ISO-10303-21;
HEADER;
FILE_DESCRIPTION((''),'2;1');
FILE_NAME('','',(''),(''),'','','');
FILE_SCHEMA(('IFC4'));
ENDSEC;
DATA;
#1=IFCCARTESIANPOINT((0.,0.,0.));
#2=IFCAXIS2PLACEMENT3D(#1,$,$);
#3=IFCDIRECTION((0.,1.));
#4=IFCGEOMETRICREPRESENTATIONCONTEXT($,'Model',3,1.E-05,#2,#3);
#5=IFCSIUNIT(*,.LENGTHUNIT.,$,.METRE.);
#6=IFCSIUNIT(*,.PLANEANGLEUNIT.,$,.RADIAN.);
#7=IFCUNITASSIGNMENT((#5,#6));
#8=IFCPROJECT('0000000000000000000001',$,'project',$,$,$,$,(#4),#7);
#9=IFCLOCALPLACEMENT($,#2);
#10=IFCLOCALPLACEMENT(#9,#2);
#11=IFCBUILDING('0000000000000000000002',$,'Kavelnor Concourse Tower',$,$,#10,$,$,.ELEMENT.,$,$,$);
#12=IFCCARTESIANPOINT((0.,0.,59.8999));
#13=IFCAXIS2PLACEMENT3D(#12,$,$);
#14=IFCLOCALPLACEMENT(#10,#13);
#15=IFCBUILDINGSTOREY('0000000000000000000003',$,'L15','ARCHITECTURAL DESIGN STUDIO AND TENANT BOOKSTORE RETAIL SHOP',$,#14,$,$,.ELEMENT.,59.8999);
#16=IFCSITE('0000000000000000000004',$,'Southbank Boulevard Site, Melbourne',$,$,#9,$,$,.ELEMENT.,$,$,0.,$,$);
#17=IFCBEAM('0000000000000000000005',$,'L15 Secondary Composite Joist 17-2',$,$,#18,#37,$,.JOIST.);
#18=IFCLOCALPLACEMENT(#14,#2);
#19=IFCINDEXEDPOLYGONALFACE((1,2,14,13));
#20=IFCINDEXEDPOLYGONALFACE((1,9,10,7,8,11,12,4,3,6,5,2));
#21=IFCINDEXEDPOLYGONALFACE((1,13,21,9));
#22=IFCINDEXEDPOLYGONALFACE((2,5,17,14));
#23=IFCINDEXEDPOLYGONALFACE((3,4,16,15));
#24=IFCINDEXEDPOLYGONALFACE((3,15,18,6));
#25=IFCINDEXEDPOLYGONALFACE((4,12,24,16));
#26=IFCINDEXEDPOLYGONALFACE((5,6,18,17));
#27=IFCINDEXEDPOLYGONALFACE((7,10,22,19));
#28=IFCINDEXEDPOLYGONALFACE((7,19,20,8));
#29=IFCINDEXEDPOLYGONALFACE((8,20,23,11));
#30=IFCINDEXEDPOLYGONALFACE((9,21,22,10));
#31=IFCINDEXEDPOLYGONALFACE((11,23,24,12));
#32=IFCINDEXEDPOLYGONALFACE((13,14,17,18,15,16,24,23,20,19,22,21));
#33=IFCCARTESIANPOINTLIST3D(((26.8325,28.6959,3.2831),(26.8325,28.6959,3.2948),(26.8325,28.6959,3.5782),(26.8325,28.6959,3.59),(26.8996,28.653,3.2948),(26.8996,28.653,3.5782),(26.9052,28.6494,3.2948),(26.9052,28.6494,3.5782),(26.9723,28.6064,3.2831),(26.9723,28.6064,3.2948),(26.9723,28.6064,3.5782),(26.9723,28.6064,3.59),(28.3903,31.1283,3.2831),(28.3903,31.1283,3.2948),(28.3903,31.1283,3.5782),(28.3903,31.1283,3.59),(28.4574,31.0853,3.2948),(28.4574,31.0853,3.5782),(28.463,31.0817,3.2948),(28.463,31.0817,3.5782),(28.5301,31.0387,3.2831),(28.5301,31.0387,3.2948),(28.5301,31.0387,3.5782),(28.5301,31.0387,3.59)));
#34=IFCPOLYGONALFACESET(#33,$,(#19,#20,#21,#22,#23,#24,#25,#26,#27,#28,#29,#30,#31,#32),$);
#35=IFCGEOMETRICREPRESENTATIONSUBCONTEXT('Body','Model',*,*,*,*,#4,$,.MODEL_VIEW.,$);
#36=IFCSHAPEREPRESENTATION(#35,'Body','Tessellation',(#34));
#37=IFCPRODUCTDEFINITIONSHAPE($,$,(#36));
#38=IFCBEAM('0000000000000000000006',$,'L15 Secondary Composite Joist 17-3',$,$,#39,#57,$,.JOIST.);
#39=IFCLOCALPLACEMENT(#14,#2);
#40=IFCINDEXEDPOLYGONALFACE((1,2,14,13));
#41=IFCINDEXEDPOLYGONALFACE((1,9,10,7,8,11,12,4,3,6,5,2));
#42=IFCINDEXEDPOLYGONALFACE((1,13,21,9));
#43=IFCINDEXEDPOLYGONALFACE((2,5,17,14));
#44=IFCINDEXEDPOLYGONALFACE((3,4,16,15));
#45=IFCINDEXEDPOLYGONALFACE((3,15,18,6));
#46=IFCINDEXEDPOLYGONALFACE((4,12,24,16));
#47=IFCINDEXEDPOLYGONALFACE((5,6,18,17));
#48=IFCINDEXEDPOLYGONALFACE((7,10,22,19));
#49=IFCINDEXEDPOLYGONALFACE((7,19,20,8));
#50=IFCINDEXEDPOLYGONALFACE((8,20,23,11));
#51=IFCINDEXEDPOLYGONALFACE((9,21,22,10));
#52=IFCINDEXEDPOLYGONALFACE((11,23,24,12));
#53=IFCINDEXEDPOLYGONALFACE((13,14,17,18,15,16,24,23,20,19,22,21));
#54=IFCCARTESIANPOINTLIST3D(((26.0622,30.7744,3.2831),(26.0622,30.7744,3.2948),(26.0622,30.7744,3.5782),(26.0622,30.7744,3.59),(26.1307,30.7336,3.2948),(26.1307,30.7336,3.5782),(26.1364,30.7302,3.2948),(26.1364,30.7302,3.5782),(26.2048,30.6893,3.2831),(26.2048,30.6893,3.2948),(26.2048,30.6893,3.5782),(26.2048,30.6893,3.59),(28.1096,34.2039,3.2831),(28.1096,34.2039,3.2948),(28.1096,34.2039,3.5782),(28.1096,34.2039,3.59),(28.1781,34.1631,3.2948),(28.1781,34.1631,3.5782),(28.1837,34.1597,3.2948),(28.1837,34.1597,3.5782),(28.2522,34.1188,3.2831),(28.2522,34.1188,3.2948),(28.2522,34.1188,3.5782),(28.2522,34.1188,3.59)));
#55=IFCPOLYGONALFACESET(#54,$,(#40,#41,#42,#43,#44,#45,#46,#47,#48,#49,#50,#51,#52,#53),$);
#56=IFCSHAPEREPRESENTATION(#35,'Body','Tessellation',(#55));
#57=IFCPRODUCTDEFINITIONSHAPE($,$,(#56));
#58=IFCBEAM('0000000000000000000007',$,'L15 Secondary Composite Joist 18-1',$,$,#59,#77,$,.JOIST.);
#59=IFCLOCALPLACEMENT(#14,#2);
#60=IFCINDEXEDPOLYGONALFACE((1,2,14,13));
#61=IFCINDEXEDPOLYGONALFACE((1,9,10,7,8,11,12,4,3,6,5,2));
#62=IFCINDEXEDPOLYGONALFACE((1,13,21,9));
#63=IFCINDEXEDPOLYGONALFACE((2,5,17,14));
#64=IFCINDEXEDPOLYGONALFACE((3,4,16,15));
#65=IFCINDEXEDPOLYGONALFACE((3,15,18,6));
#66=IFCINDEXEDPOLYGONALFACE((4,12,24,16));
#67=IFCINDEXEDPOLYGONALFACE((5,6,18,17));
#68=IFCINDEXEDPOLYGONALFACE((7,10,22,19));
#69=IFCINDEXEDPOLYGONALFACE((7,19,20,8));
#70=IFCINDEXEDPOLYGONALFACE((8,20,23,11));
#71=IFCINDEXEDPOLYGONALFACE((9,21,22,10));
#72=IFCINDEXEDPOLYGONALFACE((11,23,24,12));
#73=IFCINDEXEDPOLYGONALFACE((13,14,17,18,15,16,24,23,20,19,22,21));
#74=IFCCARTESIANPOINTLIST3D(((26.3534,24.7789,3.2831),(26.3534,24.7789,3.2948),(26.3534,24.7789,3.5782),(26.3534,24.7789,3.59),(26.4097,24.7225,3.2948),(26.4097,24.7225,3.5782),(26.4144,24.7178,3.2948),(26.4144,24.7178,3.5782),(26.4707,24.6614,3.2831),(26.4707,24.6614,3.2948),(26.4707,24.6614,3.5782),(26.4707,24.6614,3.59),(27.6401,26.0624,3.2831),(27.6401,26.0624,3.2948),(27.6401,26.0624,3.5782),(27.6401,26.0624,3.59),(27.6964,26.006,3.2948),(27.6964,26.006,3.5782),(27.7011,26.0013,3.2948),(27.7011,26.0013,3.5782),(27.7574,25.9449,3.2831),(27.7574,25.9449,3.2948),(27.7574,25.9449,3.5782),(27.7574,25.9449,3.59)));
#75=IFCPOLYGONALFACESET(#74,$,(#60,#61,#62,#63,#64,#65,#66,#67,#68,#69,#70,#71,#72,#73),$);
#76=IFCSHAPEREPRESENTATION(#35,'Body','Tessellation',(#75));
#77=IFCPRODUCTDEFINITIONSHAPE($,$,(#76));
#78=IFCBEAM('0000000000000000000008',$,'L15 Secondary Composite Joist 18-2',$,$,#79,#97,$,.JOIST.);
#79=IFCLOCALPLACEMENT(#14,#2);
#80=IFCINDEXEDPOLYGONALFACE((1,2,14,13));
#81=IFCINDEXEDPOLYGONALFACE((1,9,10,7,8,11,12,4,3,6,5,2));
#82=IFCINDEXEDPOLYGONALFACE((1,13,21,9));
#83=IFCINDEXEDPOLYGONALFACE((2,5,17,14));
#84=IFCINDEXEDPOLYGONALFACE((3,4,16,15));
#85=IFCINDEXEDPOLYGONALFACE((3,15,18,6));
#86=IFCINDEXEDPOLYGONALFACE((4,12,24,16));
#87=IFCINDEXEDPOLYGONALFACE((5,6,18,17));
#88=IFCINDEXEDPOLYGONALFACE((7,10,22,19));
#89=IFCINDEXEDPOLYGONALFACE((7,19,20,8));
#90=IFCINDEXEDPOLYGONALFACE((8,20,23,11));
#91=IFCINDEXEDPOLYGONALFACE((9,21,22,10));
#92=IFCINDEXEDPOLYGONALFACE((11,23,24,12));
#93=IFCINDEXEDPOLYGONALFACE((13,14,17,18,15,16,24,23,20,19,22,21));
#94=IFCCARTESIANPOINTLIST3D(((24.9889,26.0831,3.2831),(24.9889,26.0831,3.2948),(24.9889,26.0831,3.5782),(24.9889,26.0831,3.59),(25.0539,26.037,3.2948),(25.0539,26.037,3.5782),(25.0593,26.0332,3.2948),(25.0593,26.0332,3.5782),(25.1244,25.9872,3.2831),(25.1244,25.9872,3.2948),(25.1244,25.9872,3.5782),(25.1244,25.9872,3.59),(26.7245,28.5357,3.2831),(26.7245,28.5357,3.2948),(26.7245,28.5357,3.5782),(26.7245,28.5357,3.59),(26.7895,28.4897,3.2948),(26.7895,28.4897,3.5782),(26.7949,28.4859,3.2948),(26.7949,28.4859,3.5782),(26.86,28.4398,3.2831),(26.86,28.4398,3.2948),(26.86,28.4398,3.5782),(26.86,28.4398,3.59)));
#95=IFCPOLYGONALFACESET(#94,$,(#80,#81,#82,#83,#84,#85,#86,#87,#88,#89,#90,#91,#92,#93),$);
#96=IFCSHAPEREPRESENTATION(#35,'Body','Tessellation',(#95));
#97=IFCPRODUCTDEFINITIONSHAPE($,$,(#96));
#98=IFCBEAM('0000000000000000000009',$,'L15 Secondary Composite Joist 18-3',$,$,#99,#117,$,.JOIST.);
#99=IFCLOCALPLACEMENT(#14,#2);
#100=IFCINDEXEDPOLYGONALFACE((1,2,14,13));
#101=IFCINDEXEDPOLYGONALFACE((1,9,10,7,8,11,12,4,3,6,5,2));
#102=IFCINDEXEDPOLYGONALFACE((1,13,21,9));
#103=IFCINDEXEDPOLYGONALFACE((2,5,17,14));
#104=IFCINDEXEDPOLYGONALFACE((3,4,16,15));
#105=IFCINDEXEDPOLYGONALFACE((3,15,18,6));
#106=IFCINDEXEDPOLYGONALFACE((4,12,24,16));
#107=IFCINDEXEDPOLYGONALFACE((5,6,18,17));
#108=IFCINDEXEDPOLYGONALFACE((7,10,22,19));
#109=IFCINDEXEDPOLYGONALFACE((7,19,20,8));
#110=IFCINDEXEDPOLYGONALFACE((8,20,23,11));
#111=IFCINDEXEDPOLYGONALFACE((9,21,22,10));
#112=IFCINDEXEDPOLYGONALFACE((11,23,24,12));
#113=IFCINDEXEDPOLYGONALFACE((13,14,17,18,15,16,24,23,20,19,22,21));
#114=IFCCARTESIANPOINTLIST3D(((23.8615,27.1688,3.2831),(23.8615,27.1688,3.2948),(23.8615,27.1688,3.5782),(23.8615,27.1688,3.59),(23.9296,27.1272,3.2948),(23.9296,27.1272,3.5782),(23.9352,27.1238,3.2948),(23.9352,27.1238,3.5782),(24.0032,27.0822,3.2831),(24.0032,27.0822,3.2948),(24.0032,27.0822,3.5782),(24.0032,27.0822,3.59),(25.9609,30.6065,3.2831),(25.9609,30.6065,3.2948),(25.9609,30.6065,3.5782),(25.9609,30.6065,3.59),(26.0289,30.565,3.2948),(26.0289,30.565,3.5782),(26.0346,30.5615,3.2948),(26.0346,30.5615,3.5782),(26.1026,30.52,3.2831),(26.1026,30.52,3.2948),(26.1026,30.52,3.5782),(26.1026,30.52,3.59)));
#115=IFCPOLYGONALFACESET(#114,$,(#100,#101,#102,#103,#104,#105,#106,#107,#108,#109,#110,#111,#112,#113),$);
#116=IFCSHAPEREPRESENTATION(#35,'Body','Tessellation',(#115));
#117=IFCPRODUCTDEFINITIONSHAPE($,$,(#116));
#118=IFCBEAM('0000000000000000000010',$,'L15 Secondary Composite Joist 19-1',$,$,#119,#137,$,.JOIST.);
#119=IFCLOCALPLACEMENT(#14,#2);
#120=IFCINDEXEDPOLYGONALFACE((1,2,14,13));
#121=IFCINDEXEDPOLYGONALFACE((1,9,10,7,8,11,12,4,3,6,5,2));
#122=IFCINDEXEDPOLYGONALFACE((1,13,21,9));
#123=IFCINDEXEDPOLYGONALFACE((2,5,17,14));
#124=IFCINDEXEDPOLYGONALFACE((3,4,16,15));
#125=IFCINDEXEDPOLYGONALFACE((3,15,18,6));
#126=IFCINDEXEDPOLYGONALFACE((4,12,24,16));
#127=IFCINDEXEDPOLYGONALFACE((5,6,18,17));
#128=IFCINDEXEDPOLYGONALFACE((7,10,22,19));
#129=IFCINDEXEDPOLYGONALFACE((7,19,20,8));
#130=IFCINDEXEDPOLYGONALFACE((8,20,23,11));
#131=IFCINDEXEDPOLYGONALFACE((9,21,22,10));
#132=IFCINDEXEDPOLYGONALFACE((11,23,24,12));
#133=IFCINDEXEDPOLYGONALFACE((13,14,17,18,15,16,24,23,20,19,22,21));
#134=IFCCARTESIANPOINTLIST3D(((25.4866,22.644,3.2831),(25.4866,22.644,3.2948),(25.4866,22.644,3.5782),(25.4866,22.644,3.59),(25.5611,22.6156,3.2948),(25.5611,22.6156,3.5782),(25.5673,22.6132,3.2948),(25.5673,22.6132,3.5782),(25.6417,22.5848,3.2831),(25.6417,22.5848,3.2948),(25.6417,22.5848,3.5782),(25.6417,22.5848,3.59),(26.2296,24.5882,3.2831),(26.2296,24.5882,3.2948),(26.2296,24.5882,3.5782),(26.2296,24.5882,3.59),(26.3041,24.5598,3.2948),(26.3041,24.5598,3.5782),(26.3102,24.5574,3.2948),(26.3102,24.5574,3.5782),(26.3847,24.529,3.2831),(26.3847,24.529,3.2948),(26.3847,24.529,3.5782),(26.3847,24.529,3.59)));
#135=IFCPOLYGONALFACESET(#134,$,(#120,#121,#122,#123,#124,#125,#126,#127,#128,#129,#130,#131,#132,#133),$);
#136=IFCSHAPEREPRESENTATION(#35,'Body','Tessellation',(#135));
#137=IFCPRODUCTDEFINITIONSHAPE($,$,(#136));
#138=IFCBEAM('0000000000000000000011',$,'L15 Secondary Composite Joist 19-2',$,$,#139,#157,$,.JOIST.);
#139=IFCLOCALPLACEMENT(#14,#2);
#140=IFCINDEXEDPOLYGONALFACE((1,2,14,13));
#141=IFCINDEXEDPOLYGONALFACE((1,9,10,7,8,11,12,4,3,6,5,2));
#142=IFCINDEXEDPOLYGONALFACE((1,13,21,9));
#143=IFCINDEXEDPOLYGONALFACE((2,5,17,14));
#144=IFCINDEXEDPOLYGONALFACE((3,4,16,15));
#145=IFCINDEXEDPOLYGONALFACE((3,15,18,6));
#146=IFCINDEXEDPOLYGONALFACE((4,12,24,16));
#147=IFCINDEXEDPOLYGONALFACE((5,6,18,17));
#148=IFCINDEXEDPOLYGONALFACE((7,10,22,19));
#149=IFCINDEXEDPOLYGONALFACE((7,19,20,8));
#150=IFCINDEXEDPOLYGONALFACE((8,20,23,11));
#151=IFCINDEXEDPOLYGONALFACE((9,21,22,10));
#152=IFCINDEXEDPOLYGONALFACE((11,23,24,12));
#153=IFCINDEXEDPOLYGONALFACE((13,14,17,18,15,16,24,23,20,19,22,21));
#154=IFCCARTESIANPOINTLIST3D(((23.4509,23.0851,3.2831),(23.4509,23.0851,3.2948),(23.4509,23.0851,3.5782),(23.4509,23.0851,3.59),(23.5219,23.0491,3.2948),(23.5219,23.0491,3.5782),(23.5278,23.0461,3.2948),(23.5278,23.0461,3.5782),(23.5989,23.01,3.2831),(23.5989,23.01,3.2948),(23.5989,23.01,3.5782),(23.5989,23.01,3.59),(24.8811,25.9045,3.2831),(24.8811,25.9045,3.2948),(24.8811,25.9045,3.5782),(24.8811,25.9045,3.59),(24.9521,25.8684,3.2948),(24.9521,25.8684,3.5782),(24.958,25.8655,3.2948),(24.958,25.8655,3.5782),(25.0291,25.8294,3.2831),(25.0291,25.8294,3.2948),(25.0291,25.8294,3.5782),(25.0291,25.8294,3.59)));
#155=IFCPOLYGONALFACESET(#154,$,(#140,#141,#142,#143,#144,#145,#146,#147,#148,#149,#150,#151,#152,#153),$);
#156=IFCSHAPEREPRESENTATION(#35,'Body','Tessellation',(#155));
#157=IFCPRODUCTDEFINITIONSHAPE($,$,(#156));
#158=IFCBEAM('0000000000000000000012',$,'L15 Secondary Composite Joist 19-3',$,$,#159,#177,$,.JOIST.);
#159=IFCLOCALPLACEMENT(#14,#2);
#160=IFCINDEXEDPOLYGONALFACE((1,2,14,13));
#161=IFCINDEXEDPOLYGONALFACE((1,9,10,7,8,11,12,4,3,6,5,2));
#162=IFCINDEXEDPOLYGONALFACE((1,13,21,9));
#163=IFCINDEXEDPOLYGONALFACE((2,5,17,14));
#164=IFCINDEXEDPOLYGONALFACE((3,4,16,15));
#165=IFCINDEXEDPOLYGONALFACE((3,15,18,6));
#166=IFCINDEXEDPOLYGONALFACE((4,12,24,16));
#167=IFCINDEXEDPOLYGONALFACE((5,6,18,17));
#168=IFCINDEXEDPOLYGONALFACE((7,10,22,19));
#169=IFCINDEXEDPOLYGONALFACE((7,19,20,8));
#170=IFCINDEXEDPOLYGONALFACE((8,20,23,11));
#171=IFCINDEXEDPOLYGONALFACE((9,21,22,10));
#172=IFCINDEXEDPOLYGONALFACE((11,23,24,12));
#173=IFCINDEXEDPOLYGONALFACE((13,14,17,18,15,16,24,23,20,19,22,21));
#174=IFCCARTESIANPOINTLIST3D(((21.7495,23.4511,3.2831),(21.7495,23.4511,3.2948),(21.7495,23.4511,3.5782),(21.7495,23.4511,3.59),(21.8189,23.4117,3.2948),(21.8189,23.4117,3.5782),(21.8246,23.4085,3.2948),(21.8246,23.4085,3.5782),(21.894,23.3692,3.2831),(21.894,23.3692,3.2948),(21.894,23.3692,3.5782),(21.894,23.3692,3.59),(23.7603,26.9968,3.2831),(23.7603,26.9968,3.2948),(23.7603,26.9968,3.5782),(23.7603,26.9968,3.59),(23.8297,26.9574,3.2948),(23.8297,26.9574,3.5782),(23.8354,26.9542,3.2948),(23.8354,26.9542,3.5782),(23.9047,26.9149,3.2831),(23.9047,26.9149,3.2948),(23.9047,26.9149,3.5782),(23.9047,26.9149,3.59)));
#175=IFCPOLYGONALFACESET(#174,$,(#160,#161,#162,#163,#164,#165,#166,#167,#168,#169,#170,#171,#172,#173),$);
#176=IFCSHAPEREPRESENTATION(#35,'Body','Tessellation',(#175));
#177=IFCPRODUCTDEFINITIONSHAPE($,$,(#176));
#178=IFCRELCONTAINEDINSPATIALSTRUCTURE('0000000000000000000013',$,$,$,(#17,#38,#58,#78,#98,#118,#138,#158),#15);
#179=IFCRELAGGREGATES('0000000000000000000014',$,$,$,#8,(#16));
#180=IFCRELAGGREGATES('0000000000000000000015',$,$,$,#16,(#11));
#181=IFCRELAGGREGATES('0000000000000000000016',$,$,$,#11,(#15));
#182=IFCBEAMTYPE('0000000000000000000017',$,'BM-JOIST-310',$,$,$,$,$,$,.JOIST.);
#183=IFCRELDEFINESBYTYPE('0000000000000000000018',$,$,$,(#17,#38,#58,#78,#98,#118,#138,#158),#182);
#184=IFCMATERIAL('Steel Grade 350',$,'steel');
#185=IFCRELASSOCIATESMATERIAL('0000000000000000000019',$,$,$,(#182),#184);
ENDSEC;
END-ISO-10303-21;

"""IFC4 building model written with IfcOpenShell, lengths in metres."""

from ifc_helpers import new_model, si_unit, direction, frame, origin, origin_2d, place, context, subcontext, project, spatial, i_section, extrude, material, material_profile, profile_set, type_object, element, save


model = new_model("IFC4")

# Units and contexts
model_context = context("Model", 3, precision=1e-05, world=origin(), true_north=direction((0.0, 1.0)))
body_context = subcontext(model_context, "Body", "Model", "MODEL_VIEW")
ifc_project = project(units=[si_unit("LENGTHUNIT", "METRE"), si_unit("PLANEANGLEUNIT", "RADIAN")], contexts=[model_context])

# Site, building, storey
site_placement = place(None, origin())
site = spatial("IfcSite", under=ifc_project, at=site_placement, Name="Southbank Boulevard Site, Melbourne", CompositionType="ELEMENT", RefElevation=0.0)
building_placement = place(site_placement, origin())
building = spatial("IfcBuilding", under=site, at=building_placement, Name="Kavelnor Concourse Tower", CompositionType="ELEMENT")
storey_placement = place(building_placement, frame((0.0, 0.0, 59.8999)))
storey = spatial("IfcBuildingStorey", under=building, at=storey_placement, Name="L15", Description="ARCHITECTURAL DESIGN STUDIO AND TENANT BOOKSTORE RETAIL SHOP", CompositionType="ELEMENT", Elevation=59.8999)

# Shared definitions
ifc_material_1 = material(Name="Steel Grade 350", Category="steel")

# Beams
ifc_material_profile_1 = material_profile(ifc_material_1, i_section(OverallWidth=0.166, OverallDepth=0.3069, WebThickness=0.0066, FlangeThickness=0.0117, at=origin_2d()), Name="310UB46")
ifc_profile_set_1 = profile_set([ifc_material_profile_1], Name="Steel Grade 350")
beam_type_1 = type_object("IfcBeamType", Name="BM-JOIST-310", PredefinedType="JOIST", material=ifc_profile_set_1)
beam_1_placement = place(storey_placement, frame((28.4602, 31.0835, 3.4365), z_axis=(-0.539334, -0.842092, 0.0), x_axis=(0.842092, -0.539334, 0.0)))
element("IfcBeam", 1, at=beam_1_placement, inside=storey, type_object=beam_type_1, Name="L15 Secondary Composite Joist 17-2", PredefinedType="JOIST", context=body_context, shape_type="SweptSolid", body=[
    extrude(i_section(OverallWidth=0.166, OverallDepth=0.3069, WebThickness=0.0066, FlangeThickness=0.0117, at=origin_2d()), origin(), (0.0, 0.0, 1.0), 2.8884),
])
beam_2_placement = place(storey_placement, frame((28.1809, 34.1614, 3.4365), z_axis=(-0.512598, -0.858629, 0.0), x_axis=(0.858629, -0.512598, 0.0)))
element("IfcBeam", 2, at=beam_2_placement, inside=storey, type_object=beam_type_1, Name="L15 Secondary Composite Joist 17-3", PredefinedType="JOIST", context=body_context, shape_type="SweptSolid", body=[
    extrude(i_section(OverallWidth=0.166, OverallDepth=0.3069, WebThickness=0.0066, FlangeThickness=0.0117, at=origin_2d()), origin(), (0.0, 0.0, 1.0), 3.9941),
])
beam_3_placement = place(storey_placement, frame((27.6987, 26.0037, 3.4365), z_axis=(-0.707979, -0.706233, 0.0), x_axis=(0.706233, -0.707979, 0.0)))
element("IfcBeam", 3, at=beam_3_placement, inside=storey, type_object=beam_type_1, Name="L15 Secondary Composite Joist 18-1", PredefinedType="JOIST", context=body_context, shape_type="SweptSolid", body=[
    extrude(i_section(OverallWidth=0.166, OverallDepth=0.3069, WebThickness=0.0066, FlangeThickness=0.0117, at=origin_2d()), origin(), (0.0, 0.0, 1.0), 1.8174),
])
beam_4_placement = place(storey_placement, frame((26.7922, 28.4878, 3.4365), z_axis=(-0.577643, -0.816289, 0.0), x_axis=(0.816289, -0.577643, 0.0)))
element("IfcBeam", 4, at=beam_4_placement, inside=storey, type_object=beam_type_1, Name="L15 Secondary Composite Joist 18-2", PredefinedType="JOIST", context=body_context, shape_type="SweptSolid", body=[
    extrude(i_section(OverallWidth=0.166, OverallDepth=0.3069, WebThickness=0.0066, FlangeThickness=0.0117, at=origin_2d()), origin(), (0.0, 0.0, 1.0), 3.0046),
])
beam_5_placement = place(storey_placement, frame((26.0317, 30.5632, 3.4365), z_axis=(-0.521183, -0.853445, 0.0), x_axis=(0.853445, -0.521183, 0.0)))
element("IfcBeam", 5, at=beam_5_placement, inside=storey, type_object=beam_type_1, Name="L15 Secondary Composite Joist 18-3", PredefinedType="JOIST", context=body_context, shape_type="SweptSolid", body=[
    extrude(i_section(OverallWidth=0.166, OverallDepth=0.3069, WebThickness=0.0066, FlangeThickness=0.0117, at=origin_2d()), origin(), (0.0, 0.0, 1.0), 4.0281),
])
beam_6_placement = place(storey_placement, frame((26.3071, 24.5586, 3.4365), z_axis=(-0.356966, -0.934117, 0.0), x_axis=(0.934117, -0.356966, 0.0)))
element("IfcBeam", 6, at=beam_6_placement, inside=storey, type_object=beam_type_1, Name="L15 Secondary Composite Joist 19-1", PredefinedType="JOIST", context=body_context, shape_type="SweptSolid", body=[
    extrude(i_section(OverallWidth=0.166, OverallDepth=0.3069, WebThickness=0.0066, FlangeThickness=0.0117, at=origin_2d()), origin(), (0.0, 0.0, 1.0), 2.0813),
])
beam_7_placement = place(storey_placement, frame((24.9551, 25.8669, 3.4365), z_axis=(-0.452396, -0.891817, 0.0), x_axis=(0.891817, -0.452396, 0.0)))
element("IfcBeam", 7, at=beam_7_placement, inside=storey, type_object=beam_type_1, Name="L15 Secondary Composite Joist 19-2", PredefinedType="JOIST", context=body_context, shape_type="SweptSolid", body=[
    extrude(i_section(OverallWidth=0.166, OverallDepth=0.3069, WebThickness=0.0066, FlangeThickness=0.0117, at=origin_2d()), origin(), (0.0, 0.0, 1.0), 3.1614),
])
beam_8_placement = place(storey_placement, frame((23.8325, 26.9558, 3.4365), z_axis=(-0.493298, -0.86986, 0.0), x_axis=(0.86986, -0.493298, 0.0)))
element("IfcBeam", 8, at=beam_8_placement, inside=storey, type_object=beam_type_1, Name="L15 Secondary Composite Joist 19-3", PredefinedType="JOIST", context=body_context, shape_type="SweptSolid", body=[
    extrude(i_section(OverallWidth=0.166, OverallDepth=0.3069, WebThickness=0.0066, FlangeThickness=0.0117, at=origin_2d()), origin(), (0.0, 0.0, 1.0), 4.0762),
])

save(model, "model.ifc")
